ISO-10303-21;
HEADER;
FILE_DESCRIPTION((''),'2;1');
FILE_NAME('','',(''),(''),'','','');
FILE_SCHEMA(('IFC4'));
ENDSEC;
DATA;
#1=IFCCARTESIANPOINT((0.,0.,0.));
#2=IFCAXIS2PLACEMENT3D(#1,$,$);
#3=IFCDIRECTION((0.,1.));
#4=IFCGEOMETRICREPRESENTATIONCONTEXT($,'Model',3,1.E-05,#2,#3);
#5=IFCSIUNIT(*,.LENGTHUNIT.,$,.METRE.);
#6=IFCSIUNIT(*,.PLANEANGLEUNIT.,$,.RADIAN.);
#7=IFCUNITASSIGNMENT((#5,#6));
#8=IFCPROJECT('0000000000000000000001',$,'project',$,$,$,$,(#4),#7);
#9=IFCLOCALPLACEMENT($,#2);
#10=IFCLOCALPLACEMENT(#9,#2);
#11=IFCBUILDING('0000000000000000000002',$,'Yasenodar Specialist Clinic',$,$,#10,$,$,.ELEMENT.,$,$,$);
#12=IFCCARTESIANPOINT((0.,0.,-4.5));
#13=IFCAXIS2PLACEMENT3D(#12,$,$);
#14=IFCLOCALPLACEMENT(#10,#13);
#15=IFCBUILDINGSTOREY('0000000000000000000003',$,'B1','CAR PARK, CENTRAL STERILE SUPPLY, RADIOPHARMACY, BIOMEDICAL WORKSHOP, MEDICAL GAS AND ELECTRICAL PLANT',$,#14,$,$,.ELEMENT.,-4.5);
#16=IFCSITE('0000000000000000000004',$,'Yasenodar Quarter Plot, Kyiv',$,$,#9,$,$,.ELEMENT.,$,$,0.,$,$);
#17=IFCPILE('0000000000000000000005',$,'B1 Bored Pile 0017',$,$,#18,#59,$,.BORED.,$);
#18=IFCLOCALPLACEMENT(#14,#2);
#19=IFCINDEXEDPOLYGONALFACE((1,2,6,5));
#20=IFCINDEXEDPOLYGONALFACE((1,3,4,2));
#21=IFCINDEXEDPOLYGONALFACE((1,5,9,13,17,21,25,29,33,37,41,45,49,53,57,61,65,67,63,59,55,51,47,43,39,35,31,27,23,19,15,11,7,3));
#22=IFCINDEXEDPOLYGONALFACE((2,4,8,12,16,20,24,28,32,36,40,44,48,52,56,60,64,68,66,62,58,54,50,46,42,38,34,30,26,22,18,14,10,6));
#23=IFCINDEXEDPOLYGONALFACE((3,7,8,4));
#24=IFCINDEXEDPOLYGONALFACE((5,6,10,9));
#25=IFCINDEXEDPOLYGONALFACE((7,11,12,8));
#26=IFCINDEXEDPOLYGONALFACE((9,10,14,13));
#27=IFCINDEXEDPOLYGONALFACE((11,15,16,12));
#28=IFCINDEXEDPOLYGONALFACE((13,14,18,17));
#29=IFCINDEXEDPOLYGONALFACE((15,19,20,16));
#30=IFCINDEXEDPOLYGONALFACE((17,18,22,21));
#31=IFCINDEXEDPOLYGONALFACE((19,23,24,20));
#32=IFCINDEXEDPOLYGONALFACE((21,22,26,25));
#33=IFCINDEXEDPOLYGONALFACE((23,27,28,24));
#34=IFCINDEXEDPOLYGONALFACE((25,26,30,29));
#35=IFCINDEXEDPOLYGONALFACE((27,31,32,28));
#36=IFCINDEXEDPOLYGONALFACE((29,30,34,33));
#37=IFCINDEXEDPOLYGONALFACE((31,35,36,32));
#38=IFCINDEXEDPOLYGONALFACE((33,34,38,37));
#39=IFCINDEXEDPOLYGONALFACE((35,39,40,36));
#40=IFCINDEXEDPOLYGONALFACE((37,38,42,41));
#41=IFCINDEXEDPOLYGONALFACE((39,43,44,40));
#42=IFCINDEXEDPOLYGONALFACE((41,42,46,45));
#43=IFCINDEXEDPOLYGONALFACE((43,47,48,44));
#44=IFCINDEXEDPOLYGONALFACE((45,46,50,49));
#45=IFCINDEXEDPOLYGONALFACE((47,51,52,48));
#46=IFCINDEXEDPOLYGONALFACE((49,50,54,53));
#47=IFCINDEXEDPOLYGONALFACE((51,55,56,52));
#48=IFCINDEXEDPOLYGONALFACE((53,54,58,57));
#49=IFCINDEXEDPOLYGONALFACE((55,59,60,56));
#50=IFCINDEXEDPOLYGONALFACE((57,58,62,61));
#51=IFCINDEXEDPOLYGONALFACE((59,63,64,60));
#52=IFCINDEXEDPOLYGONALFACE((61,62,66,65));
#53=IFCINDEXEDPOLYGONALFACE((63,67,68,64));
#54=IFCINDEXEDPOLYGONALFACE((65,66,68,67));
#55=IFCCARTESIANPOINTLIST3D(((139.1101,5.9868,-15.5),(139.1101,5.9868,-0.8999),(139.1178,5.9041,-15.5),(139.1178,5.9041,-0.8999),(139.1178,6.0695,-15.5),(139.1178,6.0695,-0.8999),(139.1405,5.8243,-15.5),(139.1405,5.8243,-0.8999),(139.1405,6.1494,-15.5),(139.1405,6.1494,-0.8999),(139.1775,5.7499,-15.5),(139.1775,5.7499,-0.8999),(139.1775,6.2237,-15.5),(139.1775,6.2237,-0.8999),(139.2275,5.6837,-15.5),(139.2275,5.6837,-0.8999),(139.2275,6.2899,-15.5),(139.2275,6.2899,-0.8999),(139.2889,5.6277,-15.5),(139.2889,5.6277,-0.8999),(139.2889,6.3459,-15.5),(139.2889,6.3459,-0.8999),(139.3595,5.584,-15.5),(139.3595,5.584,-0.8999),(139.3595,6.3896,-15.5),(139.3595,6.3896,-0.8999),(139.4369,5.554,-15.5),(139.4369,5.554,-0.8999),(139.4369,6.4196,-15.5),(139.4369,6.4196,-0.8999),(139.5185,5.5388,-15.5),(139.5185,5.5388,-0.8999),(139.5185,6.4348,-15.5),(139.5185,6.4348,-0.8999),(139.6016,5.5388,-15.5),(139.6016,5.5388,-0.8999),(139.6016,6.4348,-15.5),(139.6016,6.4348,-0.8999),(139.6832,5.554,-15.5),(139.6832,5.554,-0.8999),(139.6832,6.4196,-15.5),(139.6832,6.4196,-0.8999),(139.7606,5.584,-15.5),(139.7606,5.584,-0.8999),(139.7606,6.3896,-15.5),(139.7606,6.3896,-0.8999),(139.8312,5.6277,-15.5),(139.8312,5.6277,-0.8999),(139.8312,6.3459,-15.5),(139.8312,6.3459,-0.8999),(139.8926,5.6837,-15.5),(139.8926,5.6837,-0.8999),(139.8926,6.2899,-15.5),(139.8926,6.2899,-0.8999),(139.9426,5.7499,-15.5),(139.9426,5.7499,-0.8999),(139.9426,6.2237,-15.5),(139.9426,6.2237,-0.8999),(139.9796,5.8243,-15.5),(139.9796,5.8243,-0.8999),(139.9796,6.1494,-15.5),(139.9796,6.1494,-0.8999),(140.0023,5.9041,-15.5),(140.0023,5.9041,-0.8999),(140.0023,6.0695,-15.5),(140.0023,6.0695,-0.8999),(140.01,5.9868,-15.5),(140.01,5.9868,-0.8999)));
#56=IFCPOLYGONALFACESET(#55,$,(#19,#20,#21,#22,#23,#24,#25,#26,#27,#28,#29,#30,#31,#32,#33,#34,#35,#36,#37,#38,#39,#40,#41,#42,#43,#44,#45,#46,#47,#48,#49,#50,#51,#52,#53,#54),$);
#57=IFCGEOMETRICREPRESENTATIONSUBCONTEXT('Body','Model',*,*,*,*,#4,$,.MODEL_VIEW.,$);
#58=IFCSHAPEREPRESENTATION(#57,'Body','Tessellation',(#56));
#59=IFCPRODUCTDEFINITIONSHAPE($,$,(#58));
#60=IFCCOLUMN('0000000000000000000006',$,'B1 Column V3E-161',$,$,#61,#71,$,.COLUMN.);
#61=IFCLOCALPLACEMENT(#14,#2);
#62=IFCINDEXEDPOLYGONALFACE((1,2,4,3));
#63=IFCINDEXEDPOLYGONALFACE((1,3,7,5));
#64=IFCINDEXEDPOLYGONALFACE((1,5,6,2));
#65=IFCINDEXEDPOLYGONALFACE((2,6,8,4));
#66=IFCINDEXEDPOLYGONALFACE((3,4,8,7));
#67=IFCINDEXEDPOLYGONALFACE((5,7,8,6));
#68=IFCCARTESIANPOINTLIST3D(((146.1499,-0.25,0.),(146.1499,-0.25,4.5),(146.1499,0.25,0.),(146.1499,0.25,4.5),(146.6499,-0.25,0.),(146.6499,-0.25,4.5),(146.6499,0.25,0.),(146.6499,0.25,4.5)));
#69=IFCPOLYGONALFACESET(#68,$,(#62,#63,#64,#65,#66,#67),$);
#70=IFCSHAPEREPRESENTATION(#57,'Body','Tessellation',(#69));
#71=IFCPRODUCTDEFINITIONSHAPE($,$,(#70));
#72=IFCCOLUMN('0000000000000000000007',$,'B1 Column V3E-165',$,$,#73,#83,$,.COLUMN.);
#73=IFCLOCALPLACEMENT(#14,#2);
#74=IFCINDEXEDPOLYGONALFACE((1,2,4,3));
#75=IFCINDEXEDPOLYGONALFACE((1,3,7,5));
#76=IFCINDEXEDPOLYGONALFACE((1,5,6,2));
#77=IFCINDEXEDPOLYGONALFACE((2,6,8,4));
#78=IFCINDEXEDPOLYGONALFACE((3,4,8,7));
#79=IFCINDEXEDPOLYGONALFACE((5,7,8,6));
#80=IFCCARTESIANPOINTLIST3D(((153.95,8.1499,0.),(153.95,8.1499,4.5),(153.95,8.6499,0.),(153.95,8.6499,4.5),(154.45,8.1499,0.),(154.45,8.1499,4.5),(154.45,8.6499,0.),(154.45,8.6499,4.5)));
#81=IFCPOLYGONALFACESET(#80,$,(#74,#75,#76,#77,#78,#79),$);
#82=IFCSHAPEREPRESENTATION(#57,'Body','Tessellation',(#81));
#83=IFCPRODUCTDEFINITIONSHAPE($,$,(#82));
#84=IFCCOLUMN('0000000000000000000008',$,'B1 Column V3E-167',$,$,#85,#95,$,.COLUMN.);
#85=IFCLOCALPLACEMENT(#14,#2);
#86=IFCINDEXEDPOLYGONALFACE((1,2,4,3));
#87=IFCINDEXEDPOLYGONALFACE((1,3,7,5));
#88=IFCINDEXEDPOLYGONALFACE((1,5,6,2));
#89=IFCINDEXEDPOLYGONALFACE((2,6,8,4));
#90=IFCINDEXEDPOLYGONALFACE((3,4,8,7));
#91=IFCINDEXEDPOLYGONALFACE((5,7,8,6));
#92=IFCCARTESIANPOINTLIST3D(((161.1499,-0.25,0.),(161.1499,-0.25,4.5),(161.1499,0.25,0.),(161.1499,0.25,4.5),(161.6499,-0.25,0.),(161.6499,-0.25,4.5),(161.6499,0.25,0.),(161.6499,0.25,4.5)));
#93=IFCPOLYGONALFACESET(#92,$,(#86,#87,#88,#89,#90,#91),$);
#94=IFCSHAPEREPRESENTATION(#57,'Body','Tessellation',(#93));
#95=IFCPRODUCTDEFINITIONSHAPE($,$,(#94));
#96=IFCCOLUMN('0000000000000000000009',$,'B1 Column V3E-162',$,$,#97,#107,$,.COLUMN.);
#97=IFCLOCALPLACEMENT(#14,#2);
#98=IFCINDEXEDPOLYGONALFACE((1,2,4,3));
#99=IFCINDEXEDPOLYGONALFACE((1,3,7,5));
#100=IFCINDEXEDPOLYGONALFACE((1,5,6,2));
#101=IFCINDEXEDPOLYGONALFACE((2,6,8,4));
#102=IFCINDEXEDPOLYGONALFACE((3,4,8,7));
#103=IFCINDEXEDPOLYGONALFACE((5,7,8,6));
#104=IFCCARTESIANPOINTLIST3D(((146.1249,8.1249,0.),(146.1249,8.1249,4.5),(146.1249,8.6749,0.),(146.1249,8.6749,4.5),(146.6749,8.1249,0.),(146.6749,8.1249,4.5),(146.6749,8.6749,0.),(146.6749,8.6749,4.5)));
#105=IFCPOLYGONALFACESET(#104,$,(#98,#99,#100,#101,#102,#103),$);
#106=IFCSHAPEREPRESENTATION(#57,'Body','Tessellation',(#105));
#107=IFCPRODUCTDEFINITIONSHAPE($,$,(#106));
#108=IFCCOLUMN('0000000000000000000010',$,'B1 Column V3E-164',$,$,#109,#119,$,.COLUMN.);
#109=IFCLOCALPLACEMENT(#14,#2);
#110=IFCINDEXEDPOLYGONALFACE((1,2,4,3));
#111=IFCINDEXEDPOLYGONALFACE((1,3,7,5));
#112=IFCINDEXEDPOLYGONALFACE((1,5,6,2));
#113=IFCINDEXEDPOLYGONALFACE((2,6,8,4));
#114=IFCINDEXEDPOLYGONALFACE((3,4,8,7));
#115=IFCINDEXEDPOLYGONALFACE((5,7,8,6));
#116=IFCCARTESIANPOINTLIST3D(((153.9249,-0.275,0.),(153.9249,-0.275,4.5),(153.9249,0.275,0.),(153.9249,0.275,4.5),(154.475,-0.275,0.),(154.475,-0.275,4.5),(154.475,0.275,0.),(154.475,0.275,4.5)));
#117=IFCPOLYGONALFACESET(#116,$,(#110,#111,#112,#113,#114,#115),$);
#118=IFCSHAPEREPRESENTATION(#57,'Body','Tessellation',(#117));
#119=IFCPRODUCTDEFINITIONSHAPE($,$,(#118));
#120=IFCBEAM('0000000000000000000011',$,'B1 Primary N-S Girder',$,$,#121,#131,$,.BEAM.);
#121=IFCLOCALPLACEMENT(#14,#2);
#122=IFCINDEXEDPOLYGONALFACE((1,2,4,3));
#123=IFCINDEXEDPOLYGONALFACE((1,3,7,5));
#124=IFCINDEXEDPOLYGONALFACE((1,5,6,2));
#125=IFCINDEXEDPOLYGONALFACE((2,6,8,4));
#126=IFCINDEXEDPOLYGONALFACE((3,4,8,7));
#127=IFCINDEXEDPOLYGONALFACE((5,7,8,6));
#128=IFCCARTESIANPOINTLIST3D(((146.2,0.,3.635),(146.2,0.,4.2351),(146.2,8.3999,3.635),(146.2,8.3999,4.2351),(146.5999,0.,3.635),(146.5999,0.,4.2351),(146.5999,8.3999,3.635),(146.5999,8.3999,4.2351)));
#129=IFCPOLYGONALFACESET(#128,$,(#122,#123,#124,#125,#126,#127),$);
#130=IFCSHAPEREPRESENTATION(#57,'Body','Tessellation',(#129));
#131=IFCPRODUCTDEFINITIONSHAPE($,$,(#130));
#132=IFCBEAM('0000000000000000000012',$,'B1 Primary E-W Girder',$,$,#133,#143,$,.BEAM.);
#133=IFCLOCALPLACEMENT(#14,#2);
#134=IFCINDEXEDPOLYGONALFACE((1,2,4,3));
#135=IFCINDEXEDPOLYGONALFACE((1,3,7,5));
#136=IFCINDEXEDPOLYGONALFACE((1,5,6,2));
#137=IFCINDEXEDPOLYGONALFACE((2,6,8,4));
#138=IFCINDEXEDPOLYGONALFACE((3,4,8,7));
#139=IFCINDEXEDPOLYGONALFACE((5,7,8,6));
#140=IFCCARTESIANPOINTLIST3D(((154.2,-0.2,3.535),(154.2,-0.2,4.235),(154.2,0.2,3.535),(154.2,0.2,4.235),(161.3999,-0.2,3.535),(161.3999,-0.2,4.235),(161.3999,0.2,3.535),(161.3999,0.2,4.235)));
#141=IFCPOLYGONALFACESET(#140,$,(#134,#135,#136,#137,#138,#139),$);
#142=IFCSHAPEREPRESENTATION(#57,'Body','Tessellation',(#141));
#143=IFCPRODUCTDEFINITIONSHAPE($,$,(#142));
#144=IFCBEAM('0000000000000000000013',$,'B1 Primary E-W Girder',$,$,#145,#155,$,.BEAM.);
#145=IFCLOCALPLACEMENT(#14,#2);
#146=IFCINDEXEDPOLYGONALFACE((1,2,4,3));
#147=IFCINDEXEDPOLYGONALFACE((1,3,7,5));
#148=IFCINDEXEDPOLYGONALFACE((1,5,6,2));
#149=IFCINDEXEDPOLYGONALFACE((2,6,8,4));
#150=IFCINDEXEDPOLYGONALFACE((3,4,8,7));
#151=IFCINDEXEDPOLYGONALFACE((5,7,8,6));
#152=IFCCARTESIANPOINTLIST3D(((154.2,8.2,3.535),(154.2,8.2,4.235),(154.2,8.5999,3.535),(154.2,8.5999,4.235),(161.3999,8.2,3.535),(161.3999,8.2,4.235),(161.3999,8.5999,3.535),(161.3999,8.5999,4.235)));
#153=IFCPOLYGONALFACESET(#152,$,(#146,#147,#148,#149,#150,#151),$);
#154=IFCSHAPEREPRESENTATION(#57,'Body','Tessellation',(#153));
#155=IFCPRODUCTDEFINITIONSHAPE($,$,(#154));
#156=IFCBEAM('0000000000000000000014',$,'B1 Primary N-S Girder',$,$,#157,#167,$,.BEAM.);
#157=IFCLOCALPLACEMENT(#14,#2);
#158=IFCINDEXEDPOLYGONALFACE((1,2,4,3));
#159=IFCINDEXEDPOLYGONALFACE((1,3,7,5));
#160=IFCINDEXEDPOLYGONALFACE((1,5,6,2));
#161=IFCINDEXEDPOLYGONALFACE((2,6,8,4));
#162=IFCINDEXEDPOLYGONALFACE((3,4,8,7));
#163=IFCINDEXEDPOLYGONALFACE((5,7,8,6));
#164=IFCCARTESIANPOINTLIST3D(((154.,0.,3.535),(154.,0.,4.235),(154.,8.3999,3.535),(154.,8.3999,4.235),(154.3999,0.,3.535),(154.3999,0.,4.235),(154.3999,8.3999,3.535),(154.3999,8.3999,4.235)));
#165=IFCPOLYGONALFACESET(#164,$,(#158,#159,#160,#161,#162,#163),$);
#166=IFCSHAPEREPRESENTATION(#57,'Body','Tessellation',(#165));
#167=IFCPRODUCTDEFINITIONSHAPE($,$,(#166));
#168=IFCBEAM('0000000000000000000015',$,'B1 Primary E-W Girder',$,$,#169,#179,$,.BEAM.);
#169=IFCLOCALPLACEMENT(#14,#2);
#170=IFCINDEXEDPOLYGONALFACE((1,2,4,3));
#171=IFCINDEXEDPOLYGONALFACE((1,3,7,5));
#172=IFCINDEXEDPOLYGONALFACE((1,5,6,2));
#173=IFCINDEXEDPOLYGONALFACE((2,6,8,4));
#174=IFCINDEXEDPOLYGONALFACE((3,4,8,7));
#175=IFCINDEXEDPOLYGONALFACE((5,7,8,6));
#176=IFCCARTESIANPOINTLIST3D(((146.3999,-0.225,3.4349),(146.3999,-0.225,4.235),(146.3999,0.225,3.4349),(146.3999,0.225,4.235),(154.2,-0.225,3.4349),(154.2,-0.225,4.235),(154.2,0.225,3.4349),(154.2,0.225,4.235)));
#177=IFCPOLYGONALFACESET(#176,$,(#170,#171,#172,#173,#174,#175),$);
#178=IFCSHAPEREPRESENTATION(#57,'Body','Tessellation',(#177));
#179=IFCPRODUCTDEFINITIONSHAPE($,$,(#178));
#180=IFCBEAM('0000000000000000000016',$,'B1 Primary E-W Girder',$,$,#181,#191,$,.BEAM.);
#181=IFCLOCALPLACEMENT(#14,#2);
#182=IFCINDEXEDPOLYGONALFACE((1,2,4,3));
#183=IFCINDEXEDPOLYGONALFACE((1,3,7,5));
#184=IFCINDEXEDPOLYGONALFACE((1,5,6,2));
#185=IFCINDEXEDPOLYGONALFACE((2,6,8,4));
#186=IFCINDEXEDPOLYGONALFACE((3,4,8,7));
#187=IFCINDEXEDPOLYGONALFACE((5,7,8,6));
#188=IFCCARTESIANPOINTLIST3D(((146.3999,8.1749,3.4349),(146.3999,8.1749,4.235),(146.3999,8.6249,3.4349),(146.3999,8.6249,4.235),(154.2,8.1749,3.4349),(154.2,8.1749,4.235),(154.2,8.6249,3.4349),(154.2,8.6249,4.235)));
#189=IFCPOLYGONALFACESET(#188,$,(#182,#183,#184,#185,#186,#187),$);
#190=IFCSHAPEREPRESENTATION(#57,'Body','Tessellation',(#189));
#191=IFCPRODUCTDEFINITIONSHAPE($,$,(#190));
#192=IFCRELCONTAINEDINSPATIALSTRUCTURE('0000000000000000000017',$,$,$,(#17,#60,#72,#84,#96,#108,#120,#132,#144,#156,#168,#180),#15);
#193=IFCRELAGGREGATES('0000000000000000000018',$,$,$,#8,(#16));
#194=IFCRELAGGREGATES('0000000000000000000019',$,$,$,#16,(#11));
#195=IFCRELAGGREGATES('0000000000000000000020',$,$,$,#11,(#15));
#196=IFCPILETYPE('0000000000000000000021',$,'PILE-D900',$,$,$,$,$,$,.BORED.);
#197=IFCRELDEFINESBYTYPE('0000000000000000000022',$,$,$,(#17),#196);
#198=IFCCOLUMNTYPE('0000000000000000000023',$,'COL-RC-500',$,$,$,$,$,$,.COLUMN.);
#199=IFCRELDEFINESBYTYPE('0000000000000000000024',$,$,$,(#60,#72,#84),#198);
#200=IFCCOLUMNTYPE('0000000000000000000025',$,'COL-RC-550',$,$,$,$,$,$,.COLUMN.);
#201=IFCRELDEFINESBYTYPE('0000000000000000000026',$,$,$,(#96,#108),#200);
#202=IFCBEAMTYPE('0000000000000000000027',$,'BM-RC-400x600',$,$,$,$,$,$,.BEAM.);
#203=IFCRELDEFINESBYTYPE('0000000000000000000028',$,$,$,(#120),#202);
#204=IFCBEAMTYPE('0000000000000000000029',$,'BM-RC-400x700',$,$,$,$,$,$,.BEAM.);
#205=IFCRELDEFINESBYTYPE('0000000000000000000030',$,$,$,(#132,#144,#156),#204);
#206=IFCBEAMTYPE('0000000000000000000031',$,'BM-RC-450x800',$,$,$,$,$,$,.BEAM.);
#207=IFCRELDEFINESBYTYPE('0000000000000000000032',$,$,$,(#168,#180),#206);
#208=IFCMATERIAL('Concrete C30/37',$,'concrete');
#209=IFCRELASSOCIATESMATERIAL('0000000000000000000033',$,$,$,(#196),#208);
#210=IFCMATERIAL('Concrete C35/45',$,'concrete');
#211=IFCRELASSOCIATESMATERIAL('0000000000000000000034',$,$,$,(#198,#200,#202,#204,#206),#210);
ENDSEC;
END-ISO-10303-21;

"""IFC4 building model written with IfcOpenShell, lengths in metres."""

from ifc_helpers import new_model, si_unit, direction, frame, origin, origin_2d, place, context, subcontext, project, spatial, rectangle, circle, extrude, material, material_profile, profile_set, type_object, element, save


model = new_model("IFC4")

# Units and contexts
model_context = context("Model", 3, precision=1e-05, world=origin(), true_north=direction((0.0, 1.0)))
body_context = subcontext(model_context, "Body", "Model", "MODEL_VIEW")
ifc_project = project(units=[si_unit("LENGTHUNIT", "METRE"), si_unit("PLANEANGLEUNIT", "RADIAN")], contexts=[model_context])

# Site, building, storey
site_placement = place(None, origin())
site = spatial("IfcSite", under=ifc_project, at=site_placement, Name="Yasenodar Quarter Plot, Kyiv", CompositionType="ELEMENT", RefElevation=0.0)
building_placement = place(site_placement, origin())
building = spatial("IfcBuilding", under=site, at=building_placement, Name="Yasenodar Specialist Clinic", CompositionType="ELEMENT")
storey_placement = place(building_placement, frame((0.0, 0.0, -4.5)))
storey = spatial("IfcBuildingStorey", under=building, at=storey_placement, Name="B1", Description="CAR PARK, CENTRAL STERILE SUPPLY, RADIOPHARMACY, BIOMEDICAL WORKSHOP, MEDICAL GAS AND ELECTRICAL PLANT", CompositionType="ELEMENT", Elevation=-4.5)

# Shared definitions
ifc_material_1 = material(Name="Concrete C35/45", Category="concrete")

# Pile
ifc_material_2 = material(Name="Concrete C30/37", Category="concrete")
ifc_material_profile_1 = material_profile(ifc_material_2, circle(Radius=0.45, at=origin_2d()), Name="PILE D900")
ifc_profile_set_1 = profile_set([ifc_material_profile_1], Name="Concrete C30/37")
pile_type = type_object("IfcPileType", Name="PILE-D900", PredefinedType="BORED", material=ifc_profile_set_1)
for number, where, z_axis, x_axis, name in (
    (1, (139.5601, 5.9868, -0.8999), (0.0, 0.0, -1.0), (1.0, 0.0, 0.0), "B1 Bored Pile 0017"),
):
    element("IfcPile", number, at=place(storey_placement, frame(where, z_axis=z_axis, x_axis=x_axis)), inside=storey, type_object=pile_type, Name=name, PredefinedType="BORED", context=body_context, shape_type="SweptSolid", body=[
        extrude(circle(Radius=0.45, at=origin_2d()), origin(), (0.0, 0.0, 1.0), 14.6001),
    ])

# Columns
ifc_material_profile_2 = material_profile(ifc_material_1, rectangle(XDim=0.5, YDim=0.5, at=origin_2d()), Name="RC 500x500")
ifc_profile_set_2 = profile_set([ifc_material_profile_2], Name="Concrete C35/45")
column_type_1 = type_object("IfcColumnType", Name="COL-RC-500", PredefinedType="COLUMN", material=ifc_profile_set_2)
for number, where, z_axis, x_axis, name in (
    (2, (146.3999, 0.0, 0.0), (0.0, 0.0, 1.0), (1.0, 0.0, 0.0), "B1 Column V3E-161"),
    (3, (154.2, 8.3999, 0.0), (0.0, 0.0, 1.0), (1.0, 0.0, 0.0), "B1 Column V3E-165"),
    (4, (161.3999, 0.0, 0.0), (0.0, 0.0, 1.0), (1.0, 0.0, 0.0), "B1 Column V3E-167"),
):
    element("IfcColumn", number, at=place(storey_placement, frame(where, z_axis=z_axis, x_axis=x_axis)), inside=storey, type_object=column_type_1, Name=name, PredefinedType="COLUMN", context=body_context, shape_type="SweptSolid", body=[
        extrude(rectangle(XDim=0.5, YDim=0.5, at=origin_2d()), origin(), (0.0, 0.0, 1.0), 4.5),
    ])
ifc_material_profile_3 = material_profile(ifc_material_1, rectangle(XDim=0.55, YDim=0.55, at=origin_2d()), Name="RC 550x550")
ifc_profile_set_3 = profile_set([ifc_material_profile_3], Name="Concrete C35/45")
column_type_2 = type_object("IfcColumnType", Name="COL-RC-550", PredefinedType="COLUMN", material=ifc_profile_set_3)
for number, where, z_axis, x_axis, name in (
    (5, (146.3999, 8.3999, 0.0), (0.0, 0.0, 1.0), (1.0, 0.0, 0.0), "B1 Column V3E-162"),
    (6, (154.2, 0.0, 0.0), (0.0, 0.0, 1.0), (1.0, 0.0, 0.0), "B1 Column V3E-164"),
):
    element("IfcColumn", number, at=place(storey_placement, frame(where, z_axis=z_axis, x_axis=x_axis)), inside=storey, type_object=column_type_2, Name=name, PredefinedType="COLUMN", context=body_context, shape_type="SweptSolid", body=[
        extrude(rectangle(XDim=0.55, YDim=0.55, at=origin_2d()), origin(), (0.0, 0.0, 1.0), 4.5),
    ])

# Beams
ifc_material_profile_4 = material_profile(ifc_material_1, rectangle(XDim=0.3999, YDim=0.6001, at=origin_2d()), Name="RC 400x600")
ifc_profile_set_4 = profile_set([ifc_material_profile_4], Name="Concrete C35/45")
beam_type_1 = type_object("IfcBeamType", Name="BM-RC-400x600", PredefinedType="BEAM", material=ifc_profile_set_4)
beam_1_placement = place(storey_placement, frame((146.3999, 0.0, 3.9351), z_axis=(0.0, 1.0, 0.0), x_axis=(-1.0, 0.0, 0.0)))
element("IfcBeam", 7, at=beam_1_placement, inside=storey, type_object=beam_type_1, Name="B1 Primary N-S Girder", PredefinedType="BEAM", context=body_context, shape_type="SweptSolid", body=[
    extrude(rectangle(XDim=0.3999, YDim=0.6001, at=origin_2d()), origin(), (0.0, 0.0, 1.0), 8.3999),
])
ifc_material_profile_5 = material_profile(ifc_material_1, rectangle(XDim=0.3999, YDim=0.7, at=origin_2d()), Name="RC 400x700")
ifc_profile_set_5 = profile_set([ifc_material_profile_5], Name="Concrete C35/45")
beam_type_2 = type_object("IfcBeamType", Name="BM-RC-400x700", PredefinedType="BEAM", material=ifc_profile_set_5)
for number, where, z_axis, x_axis, name in (
    (8, (154.2, 0.0, 3.885), (1.0, 0.0, 0.0), (0.0, 1.0, 0.0), "B1 Primary E-W Girder"),
    (9, (154.2, 8.3999, 3.885), (1.0, 0.0, 0.0), (0.0, 1.0, 0.0), "B1 Primary E-W Girder"),
):
    element("IfcBeam", number, at=place(storey_placement, frame(where, z_axis=z_axis, x_axis=x_axis)), inside=storey, type_object=beam_type_2, Name=name, PredefinedType="BEAM", context=body_context, shape_type="SweptSolid", body=[
        extrude(rectangle(XDim=0.3999, YDim=0.7, at=origin_2d()), origin(), (0.0, 0.0, 1.0), 7.2),
    ])
beam_2_placement = place(storey_placement, frame((154.2, 0.0, 3.885), z_axis=(0.0, 1.0, 0.0), x_axis=(-1.0, 0.0, 0.0)))
element("IfcBeam", 10, at=beam_2_placement, inside=storey, type_object=beam_type_2, Name="B1 Primary N-S Girder", PredefinedType="BEAM", context=body_context, shape_type="SweptSolid", body=[
    extrude(rectangle(XDim=0.3999, YDim=0.7, at=origin_2d()), origin(), (0.0, 0.0, 1.0), 8.3999),
])
ifc_material_profile_6 = material_profile(ifc_material_1, rectangle(XDim=0.45, YDim=0.8, at=origin_2d()), Name="RC 450x800")
ifc_profile_set_6 = profile_set([ifc_material_profile_6], Name="Concrete C35/45")
beam_type_3 = type_object("IfcBeamType", Name="BM-RC-450x800", PredefinedType="BEAM", material=ifc_profile_set_6)
for number, where, z_axis, x_axis, name in (
    (11, (146.3999, 0.0, 3.835), (1.0, 0.0, 0.0), (0.0, 1.0, 0.0), "B1 Primary E-W Girder"),
    (12, (146.3999, 8.3999, 3.835), (1.0, 0.0, 0.0), (0.0, 1.0, 0.0), "B1 Primary E-W Girder"),
):
    element("IfcBeam", number, at=place(storey_placement, frame(where, z_axis=z_axis, x_axis=x_axis)), inside=storey, type_object=beam_type_3, Name=name, PredefinedType="BEAM", context=body_context, shape_type="SweptSolid", body=[
        extrude(rectangle(XDim=0.45, YDim=0.8, at=origin_2d()), origin(), (0.0, 0.0, 1.0), 7.8),
    ])

save(model, "model.ifc")
